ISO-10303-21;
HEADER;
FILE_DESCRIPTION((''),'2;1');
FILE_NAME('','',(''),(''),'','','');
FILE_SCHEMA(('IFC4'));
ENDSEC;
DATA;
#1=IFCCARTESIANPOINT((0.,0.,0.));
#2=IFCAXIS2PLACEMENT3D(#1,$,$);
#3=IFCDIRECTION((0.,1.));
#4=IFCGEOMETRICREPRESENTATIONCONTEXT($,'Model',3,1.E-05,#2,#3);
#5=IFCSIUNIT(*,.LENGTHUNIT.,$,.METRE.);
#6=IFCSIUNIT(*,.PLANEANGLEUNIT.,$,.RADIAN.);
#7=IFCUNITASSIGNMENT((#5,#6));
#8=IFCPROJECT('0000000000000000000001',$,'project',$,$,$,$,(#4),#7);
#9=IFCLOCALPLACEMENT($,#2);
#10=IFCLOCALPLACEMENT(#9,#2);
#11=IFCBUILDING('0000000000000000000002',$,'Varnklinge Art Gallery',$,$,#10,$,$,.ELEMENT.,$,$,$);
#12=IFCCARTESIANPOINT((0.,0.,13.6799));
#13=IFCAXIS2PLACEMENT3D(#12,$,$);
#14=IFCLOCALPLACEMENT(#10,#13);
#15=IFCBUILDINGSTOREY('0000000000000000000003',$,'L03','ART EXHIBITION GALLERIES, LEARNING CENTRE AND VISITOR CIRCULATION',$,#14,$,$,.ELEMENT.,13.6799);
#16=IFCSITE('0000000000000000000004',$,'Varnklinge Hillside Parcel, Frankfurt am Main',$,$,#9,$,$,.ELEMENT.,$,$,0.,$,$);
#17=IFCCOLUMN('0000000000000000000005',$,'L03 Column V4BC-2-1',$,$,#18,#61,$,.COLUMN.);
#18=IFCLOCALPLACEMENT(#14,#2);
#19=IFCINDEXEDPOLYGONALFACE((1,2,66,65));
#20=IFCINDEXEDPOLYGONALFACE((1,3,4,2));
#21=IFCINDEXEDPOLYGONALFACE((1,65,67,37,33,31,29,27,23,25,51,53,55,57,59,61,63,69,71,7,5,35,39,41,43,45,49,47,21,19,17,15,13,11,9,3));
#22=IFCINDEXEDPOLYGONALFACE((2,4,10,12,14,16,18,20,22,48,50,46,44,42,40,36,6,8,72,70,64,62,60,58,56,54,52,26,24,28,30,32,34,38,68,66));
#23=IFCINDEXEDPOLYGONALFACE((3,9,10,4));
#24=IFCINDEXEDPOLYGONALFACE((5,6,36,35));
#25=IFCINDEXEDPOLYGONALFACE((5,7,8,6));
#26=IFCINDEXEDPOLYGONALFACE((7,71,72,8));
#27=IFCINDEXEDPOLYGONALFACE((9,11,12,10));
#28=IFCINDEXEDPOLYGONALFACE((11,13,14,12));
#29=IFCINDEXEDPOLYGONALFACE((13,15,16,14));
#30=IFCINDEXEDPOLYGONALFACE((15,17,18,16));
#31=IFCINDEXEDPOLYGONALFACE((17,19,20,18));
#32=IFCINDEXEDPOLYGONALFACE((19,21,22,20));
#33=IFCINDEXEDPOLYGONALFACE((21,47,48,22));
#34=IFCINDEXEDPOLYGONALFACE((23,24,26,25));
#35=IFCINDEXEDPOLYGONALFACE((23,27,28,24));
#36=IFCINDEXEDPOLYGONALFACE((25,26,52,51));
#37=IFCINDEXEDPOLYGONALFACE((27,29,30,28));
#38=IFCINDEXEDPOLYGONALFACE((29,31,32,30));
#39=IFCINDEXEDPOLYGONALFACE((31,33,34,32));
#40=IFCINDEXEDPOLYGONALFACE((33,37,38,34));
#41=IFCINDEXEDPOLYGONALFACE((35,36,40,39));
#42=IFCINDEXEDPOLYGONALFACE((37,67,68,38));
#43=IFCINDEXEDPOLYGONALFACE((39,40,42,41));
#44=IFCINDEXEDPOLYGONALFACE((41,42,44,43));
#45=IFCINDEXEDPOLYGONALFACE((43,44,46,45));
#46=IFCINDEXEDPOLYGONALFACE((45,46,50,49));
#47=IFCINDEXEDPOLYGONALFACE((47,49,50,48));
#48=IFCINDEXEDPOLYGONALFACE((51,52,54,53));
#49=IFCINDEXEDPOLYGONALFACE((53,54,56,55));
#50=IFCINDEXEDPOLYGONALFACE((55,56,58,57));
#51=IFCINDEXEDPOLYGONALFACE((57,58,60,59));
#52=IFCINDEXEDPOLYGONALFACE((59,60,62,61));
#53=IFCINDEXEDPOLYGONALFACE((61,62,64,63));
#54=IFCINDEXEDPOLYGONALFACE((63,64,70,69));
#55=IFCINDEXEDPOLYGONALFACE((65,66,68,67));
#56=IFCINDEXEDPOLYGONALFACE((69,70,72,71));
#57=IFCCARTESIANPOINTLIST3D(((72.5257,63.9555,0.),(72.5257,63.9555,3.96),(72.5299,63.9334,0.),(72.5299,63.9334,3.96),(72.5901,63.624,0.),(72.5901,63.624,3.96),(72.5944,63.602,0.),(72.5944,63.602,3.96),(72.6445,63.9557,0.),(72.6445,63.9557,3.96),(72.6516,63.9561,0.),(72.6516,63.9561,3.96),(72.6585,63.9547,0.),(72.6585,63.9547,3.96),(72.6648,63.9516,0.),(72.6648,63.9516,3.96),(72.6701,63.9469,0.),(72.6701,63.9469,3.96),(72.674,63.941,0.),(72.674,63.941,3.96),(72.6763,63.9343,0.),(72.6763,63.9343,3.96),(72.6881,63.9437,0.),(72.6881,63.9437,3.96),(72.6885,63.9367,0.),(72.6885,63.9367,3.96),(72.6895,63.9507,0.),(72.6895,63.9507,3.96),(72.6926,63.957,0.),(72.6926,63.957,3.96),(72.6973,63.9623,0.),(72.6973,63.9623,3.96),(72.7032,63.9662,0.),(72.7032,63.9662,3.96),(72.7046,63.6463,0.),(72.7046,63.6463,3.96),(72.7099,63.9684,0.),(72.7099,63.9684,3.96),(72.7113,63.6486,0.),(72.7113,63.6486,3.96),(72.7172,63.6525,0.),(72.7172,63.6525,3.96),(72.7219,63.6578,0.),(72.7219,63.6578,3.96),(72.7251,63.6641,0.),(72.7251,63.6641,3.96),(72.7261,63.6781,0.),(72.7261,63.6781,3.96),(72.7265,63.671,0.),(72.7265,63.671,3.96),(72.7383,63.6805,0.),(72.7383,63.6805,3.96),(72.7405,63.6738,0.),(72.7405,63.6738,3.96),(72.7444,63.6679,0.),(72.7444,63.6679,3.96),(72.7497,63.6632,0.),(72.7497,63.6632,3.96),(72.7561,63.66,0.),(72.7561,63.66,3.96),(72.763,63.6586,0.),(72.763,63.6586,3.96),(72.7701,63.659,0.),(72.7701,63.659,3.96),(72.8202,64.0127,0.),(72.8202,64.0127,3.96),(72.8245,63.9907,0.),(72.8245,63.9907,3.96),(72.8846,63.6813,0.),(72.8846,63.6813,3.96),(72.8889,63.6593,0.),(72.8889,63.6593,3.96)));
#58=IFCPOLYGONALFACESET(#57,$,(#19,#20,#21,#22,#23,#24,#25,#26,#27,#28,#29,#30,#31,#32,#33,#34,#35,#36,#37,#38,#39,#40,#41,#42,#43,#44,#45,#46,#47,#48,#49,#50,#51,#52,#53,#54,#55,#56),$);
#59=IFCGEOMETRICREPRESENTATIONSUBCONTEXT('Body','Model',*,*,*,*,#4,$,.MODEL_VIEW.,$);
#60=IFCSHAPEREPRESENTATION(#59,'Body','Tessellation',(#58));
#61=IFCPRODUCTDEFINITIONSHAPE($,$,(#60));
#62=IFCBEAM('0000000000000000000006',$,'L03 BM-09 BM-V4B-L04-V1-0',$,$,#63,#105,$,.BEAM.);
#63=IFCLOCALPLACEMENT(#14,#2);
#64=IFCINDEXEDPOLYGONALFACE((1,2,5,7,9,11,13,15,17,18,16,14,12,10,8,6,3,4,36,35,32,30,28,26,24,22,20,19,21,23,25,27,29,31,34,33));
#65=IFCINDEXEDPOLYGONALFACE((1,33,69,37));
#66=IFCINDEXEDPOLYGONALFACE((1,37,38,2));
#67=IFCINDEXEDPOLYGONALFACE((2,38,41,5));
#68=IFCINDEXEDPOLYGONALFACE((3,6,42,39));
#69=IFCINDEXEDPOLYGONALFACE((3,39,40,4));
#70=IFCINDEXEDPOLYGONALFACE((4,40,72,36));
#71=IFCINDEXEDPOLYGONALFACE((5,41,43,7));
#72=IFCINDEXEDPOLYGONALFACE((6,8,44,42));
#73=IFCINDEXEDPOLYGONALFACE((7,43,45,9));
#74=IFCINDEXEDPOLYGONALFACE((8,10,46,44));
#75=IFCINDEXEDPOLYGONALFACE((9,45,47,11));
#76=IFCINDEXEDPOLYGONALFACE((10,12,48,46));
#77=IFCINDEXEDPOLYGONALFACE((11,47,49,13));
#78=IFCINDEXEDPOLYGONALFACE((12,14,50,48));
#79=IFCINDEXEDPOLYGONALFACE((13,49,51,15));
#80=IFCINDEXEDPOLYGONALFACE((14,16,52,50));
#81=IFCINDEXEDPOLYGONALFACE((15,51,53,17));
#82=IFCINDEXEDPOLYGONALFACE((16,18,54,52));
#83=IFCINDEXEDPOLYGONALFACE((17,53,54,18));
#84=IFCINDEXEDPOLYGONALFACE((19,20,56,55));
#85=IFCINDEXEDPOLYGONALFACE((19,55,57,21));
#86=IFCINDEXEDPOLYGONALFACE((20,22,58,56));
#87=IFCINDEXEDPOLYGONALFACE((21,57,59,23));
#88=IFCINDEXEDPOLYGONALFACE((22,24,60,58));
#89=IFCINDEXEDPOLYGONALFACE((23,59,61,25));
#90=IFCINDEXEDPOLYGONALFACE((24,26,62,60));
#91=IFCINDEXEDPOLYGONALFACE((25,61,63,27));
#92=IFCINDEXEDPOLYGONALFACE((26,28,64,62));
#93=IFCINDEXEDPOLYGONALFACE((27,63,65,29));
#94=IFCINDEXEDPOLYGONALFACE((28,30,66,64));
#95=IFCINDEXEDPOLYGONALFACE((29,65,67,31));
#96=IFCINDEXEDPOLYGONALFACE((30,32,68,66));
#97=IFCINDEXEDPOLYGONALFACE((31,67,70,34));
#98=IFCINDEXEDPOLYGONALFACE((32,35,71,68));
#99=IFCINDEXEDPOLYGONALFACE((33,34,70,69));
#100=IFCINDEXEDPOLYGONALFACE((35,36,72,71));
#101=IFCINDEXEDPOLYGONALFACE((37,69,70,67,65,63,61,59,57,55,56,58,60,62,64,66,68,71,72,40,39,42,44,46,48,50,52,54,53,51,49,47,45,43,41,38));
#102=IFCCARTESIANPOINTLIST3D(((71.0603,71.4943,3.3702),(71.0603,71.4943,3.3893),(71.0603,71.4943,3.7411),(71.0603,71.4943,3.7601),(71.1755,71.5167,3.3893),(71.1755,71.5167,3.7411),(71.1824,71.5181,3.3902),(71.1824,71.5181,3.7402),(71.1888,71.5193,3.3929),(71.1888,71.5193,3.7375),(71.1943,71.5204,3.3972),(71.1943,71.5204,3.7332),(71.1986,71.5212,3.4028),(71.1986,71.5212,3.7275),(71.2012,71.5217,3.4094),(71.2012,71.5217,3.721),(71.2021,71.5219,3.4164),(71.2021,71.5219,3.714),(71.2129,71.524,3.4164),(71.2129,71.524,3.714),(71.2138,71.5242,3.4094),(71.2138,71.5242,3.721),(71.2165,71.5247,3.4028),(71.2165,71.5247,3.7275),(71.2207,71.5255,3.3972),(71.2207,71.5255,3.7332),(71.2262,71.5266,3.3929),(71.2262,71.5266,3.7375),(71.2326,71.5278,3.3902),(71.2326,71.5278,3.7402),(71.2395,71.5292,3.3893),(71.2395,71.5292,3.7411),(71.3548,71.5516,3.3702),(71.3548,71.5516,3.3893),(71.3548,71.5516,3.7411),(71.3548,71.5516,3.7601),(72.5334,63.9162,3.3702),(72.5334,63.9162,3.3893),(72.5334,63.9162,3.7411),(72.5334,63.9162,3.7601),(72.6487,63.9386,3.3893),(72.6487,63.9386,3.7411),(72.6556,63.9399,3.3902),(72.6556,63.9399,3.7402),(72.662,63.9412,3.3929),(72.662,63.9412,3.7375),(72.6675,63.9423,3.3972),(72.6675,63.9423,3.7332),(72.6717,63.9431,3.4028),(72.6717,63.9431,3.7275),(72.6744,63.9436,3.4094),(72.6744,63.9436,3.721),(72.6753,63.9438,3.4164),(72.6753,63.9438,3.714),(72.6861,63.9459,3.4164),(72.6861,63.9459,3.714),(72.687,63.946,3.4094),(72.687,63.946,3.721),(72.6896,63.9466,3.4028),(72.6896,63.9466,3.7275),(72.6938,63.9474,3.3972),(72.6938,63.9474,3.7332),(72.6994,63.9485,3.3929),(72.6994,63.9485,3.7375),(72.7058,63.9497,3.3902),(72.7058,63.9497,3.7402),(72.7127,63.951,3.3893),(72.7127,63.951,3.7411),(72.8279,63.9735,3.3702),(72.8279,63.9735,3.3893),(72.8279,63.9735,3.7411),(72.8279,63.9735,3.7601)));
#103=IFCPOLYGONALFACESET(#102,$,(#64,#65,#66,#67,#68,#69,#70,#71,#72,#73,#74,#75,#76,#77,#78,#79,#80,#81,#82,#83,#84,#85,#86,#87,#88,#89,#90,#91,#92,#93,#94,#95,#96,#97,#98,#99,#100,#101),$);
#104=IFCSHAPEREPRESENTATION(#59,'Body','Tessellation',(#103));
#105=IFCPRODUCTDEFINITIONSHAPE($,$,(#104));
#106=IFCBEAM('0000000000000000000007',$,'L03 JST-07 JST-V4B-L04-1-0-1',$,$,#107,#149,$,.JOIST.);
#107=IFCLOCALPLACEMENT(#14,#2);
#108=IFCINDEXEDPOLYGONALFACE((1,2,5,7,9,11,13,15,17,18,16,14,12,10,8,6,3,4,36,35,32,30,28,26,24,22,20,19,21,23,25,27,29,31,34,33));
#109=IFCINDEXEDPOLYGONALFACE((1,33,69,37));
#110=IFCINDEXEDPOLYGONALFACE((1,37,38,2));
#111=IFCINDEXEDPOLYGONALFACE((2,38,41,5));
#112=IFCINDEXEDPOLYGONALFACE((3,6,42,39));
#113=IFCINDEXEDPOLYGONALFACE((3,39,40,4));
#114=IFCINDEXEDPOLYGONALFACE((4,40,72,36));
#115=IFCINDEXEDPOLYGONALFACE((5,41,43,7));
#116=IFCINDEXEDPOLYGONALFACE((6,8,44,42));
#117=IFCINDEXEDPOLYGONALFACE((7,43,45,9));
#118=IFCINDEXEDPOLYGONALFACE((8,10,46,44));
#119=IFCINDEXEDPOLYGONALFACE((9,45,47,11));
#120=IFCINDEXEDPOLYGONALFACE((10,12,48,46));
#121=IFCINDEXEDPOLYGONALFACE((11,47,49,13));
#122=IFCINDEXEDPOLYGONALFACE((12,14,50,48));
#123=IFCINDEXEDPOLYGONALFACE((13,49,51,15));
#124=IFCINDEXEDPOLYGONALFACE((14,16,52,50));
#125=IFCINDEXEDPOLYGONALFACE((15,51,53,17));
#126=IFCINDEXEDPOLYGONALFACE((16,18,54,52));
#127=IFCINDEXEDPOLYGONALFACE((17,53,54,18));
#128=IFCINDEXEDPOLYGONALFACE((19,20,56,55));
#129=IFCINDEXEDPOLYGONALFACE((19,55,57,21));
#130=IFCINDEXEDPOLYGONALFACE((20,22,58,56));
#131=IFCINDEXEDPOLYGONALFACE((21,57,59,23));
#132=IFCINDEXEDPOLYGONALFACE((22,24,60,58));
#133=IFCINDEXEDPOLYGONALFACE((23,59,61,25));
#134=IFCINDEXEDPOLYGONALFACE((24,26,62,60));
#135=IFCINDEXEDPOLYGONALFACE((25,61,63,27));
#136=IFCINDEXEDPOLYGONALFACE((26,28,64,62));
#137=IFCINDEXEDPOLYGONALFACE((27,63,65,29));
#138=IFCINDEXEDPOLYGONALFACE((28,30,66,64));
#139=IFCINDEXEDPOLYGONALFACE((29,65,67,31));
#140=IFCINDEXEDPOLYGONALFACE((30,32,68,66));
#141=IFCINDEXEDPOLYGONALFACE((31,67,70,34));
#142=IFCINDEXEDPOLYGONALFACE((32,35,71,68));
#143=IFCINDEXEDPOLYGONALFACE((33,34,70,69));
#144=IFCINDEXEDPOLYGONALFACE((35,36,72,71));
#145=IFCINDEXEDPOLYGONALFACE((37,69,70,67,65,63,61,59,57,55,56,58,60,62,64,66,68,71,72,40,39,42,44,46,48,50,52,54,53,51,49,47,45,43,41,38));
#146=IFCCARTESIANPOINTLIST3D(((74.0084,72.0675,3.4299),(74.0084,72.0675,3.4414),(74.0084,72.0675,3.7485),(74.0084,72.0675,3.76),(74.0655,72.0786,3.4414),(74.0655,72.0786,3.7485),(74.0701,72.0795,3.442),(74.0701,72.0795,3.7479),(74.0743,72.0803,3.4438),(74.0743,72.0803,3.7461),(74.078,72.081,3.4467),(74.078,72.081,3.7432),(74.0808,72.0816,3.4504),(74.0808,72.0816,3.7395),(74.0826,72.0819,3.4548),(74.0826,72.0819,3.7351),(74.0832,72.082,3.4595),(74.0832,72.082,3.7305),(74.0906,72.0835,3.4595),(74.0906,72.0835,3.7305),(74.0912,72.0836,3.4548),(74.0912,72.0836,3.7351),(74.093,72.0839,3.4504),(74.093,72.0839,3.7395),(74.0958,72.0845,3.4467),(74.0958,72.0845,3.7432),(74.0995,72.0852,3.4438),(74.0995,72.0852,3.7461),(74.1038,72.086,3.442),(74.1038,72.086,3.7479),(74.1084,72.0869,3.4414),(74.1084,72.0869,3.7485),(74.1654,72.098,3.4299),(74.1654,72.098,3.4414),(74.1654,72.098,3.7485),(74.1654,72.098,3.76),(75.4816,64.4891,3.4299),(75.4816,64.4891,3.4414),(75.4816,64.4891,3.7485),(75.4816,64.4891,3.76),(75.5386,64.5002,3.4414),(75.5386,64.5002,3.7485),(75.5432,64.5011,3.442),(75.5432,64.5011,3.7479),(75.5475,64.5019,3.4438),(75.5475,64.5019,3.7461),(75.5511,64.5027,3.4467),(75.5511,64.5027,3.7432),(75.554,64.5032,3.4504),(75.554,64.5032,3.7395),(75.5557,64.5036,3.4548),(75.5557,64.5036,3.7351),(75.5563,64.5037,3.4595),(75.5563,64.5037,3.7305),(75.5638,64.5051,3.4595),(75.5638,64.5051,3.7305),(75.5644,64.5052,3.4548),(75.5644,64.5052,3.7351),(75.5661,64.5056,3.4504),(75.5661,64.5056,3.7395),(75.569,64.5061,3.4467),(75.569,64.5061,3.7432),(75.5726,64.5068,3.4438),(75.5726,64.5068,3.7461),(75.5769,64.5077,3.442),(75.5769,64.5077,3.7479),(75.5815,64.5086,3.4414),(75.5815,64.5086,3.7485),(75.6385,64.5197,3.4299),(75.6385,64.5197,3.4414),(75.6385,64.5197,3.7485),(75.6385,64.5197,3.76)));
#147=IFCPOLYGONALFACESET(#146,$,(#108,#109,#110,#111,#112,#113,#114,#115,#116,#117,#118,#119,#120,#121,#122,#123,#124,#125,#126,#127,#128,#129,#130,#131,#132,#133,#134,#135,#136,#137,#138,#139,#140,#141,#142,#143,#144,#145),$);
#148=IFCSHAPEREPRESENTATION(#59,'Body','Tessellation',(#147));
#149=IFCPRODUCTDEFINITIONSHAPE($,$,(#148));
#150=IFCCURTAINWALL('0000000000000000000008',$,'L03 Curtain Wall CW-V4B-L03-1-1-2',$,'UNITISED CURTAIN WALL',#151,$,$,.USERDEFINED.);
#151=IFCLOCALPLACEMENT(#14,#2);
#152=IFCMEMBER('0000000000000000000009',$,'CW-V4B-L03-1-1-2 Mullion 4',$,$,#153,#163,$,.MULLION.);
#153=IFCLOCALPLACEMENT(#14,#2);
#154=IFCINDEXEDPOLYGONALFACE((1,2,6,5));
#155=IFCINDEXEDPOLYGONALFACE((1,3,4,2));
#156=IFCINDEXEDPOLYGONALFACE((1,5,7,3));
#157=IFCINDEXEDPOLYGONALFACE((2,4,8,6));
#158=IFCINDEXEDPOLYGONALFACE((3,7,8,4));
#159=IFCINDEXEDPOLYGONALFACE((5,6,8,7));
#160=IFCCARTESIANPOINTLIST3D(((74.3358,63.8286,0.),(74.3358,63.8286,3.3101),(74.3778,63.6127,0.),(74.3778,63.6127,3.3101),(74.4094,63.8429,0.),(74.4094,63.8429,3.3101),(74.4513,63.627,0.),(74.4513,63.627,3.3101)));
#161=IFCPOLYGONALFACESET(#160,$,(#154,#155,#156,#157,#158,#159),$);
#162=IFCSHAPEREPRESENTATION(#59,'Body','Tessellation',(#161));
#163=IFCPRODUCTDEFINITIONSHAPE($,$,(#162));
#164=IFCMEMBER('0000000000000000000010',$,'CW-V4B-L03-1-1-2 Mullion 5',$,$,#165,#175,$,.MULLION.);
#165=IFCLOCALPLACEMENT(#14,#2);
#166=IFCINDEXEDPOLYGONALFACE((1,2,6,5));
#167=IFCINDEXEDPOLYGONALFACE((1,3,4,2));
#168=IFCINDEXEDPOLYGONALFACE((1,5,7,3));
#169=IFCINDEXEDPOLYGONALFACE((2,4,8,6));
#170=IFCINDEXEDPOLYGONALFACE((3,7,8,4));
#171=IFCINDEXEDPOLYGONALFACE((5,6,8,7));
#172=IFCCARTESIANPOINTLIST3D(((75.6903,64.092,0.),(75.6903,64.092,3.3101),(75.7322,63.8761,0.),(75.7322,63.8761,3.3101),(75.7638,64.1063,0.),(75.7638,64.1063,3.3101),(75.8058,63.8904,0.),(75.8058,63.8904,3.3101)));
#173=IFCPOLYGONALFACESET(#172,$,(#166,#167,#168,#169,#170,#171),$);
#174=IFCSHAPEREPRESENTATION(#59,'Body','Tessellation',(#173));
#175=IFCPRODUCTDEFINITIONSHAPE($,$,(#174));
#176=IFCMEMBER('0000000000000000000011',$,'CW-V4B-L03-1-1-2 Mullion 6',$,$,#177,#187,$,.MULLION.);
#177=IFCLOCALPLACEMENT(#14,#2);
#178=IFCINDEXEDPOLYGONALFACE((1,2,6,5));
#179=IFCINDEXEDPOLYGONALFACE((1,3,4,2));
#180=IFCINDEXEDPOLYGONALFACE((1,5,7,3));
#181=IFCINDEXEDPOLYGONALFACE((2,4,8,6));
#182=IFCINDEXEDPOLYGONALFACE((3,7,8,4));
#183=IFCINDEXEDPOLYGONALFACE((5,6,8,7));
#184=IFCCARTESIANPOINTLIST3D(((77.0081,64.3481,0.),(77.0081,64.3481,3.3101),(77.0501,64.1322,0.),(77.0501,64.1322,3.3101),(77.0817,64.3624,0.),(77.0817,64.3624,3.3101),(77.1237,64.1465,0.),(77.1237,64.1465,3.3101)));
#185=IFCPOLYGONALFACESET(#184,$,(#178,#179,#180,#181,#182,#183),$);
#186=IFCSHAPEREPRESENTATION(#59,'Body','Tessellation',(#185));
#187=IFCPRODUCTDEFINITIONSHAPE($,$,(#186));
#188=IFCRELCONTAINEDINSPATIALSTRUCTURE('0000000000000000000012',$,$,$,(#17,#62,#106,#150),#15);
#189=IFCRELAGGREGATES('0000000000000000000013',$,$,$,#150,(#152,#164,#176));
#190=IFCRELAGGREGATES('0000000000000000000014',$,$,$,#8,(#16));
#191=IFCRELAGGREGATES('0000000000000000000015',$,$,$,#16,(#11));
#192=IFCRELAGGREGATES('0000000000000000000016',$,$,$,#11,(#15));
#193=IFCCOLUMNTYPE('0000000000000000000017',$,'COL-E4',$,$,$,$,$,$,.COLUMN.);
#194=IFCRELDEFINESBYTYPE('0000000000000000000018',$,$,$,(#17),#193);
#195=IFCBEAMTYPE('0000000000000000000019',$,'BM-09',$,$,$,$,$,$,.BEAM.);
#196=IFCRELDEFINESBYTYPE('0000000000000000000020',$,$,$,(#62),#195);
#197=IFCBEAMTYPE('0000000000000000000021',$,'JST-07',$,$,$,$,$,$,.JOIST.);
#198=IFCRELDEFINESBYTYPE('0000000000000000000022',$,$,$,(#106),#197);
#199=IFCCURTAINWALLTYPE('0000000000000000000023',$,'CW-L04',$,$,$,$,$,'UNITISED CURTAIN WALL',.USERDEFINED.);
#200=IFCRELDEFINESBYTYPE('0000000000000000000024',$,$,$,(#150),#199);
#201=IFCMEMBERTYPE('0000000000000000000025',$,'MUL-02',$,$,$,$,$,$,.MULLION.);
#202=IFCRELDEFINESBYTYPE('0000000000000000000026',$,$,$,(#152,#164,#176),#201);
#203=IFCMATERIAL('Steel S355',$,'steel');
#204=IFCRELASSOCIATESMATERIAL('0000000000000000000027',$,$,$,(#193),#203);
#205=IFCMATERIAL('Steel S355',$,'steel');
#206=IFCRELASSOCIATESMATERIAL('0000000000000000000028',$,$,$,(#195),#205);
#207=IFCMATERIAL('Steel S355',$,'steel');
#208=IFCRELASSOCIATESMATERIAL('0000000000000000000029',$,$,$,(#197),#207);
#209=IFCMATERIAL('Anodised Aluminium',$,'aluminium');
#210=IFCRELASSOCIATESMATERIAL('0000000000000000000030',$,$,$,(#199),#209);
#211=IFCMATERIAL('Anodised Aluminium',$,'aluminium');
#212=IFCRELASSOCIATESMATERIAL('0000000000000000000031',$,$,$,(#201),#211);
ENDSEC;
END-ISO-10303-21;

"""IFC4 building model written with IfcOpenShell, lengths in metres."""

from ifc_helpers import new_model, si_unit, direction, frame, origin, origin_2d, place, context, subcontext, project, spatial, rectangle, i_section, extrude, material, material_profile, profile_set, type_object, element, aggregate, save


model = new_model("IFC4")

# Units and contexts
model_context = context("Model", 3, precision=1e-05, world=origin(), true_north=direction((0.0, 1.0)))
body_context = subcontext(model_context, "Body", "Model", "MODEL_VIEW")
ifc_project = project(units=[si_unit("LENGTHUNIT", "METRE"), si_unit("PLANEANGLEUNIT", "RADIAN")], contexts=[model_context])

# Site, building, storey
site_placement = place(None, origin())
site = spatial("IfcSite", under=ifc_project, at=site_placement, Name="Varnklinge Hillside Parcel, Frankfurt am Main", CompositionType="ELEMENT", RefElevation=0.0)
building_placement = place(site_placement, origin())
building = spatial("IfcBuilding", under=site, at=building_placement, Name="Varnklinge Art Gallery", CompositionType="ELEMENT")
storey_placement = place(building_placement, frame((0.0, 0.0, 13.6799)))
storey = spatial("IfcBuildingStorey", under=building, at=storey_placement, Name="L03", Description="ART EXHIBITION GALLERIES, LEARNING CENTRE AND VISITOR CIRCULATION", CompositionType="ELEMENT", Elevation=13.6799)

# Column
ifc_material_1 = material(Name="Steel S355", Category="steel")
ifc_material_profile_1 = material_profile(ifc_material_1, i_section(OverallWidth=0.3, OverallDepth=0.3601, WebThickness=0.0125, FlangeThickness=0.0225, FilletRadius=0.0271, at=origin_2d()), Name="HEB 360")
ifc_profile_set_1 = profile_set([ifc_material_profile_1], Name="Steel S355")
column_type = type_object("IfcColumnType", Name="COL-E4", PredefinedType="COLUMN", material=ifc_profile_set_1)
column_placement = place(storey_placement, frame((72.7073, 63.8074, 0.0), z_axis=(0.0, 0.0, 1.0), x_axis=(0.981627, 0.190809, 0.0)))
element("IfcColumn", 1, at=column_placement, inside=storey, type_object=column_type, Name="L03 Column V4BC-2-1", PredefinedType="COLUMN", context=body_context, shape_type="SweptSolid", body=[
    extrude(i_section(OverallWidth=0.3, OverallDepth=0.3601, WebThickness=0.0125, FlangeThickness=0.0225, FilletRadius=0.0271, at=origin_2d()), origin(), (0.0, 0.0, 1.0), 3.96),
])

# Beams
ifc_material_2 = material(Name="Steel S355", Category="steel")
ifc_material_profile_2 = material_profile(ifc_material_2, i_section(OverallWidth=0.3, OverallDepth=0.3899, WebThickness=0.011, FlangeThickness=0.019, FilletRadius=0.0271, at=origin_2d()), Name="HEA 400")
ifc_profile_set_2 = profile_set([ifc_material_profile_2], Name="Steel S355")
beam_type_1 = type_object("IfcBeamType", Name="BM-09", PredefinedType="BEAM", material=ifc_profile_set_2)
beam_1_placement = place(storey_placement, frame((72.6807, 63.9448, 3.5652), z_axis=(-0.190822, 0.981625, 0.0), x_axis=(-0.981625, -0.190822, 0.0)))
element("IfcBeam", 2, at=beam_1_placement, inside=storey, type_object=beam_type_1, Name="L03 BM-09 BM-V4B-L04-V1-0", PredefinedType="BEAM", context=body_context, shape_type="SweptSolid", body=[
    extrude(i_section(OverallWidth=0.3, OverallDepth=0.3899, WebThickness=0.011, FlangeThickness=0.019, FilletRadius=0.0271, at=origin_2d()), origin(), (0.0, 0.0, 1.0), 7.72),
])
ifc_material_3 = material(Name="Steel S355", Category="steel")
ifc_material_profile_3 = material_profile(ifc_material_3, i_section(OverallWidth=0.1599, OverallDepth=0.3301, WebThickness=0.0076, FlangeThickness=0.0115, FilletRadius=0.0181, at=origin_2d()), Name="IPE 330")
ifc_profile_set_3 = profile_set([ifc_material_profile_3], Name="Steel S355")
beam_type_2 = type_object("IfcBeamType", Name="JST-07", PredefinedType="JOIST", material=ifc_profile_set_3)
beam_2_placement = place(storey_placement, frame((75.5601, 64.5044, 3.595), z_axis=(-0.190816, 0.981626, 0.0), x_axis=(-0.981626, -0.190816, 0.0)))
element("IfcBeam", 3, at=beam_2_placement, inside=storey, type_object=beam_type_2, Name="L03 JST-07 JST-V4B-L04-1-0-1", PredefinedType="JOIST", context=body_context, shape_type="SweptSolid", body=[
    extrude(i_section(OverallWidth=0.1599, OverallDepth=0.3301, WebThickness=0.0076, FlangeThickness=0.0115, FilletRadius=0.0181, at=origin_2d()), origin(), (0.0, 0.0, 1.0), 7.7202),
])

# Curtain wall, members
ifc_material_4 = material(Name="Anodised Aluminium", Category="aluminium")
curtain_wall_type = type_object("IfcCurtainWallType", Name="CW-L04", ElementType="UNITISED CURTAIN WALL", PredefinedType="USERDEFINED", material=ifc_material_4)
curtain_wall_1_placement = place(storey_placement, origin())
curtain_wall_1 = element("IfcCurtainWall", 4, at=curtain_wall_1_placement, inside=storey, type_object=curtain_wall_type, Name="L03 Curtain Wall CW-V4B-L03-1-1-2", ObjectType="UNITISED CURTAIN WALL", PredefinedType="USERDEFINED")
ifc_material_5 = material(Name="Anodised Aluminium", Category="aluminium")
ifc_material_profile_4 = material_profile(ifc_material_5, rectangle(XDim=0.075, YDim=0.22, at=origin_2d()), Name="ALU 75x220")
ifc_profile_set_4 = profile_set([ifc_material_profile_4], Name="Anodised Aluminium")
member_type_1 = type_object("IfcMemberType", Name="MUL-02", PredefinedType="MULLION", material=ifc_profile_set_4)
member_1_placement = place(storey_placement, frame((74.3936, 63.7278, 0.0), z_axis=(0.0, 0.0, 1.0), x_axis=(0.981627, 0.190809, 0.0)))
member_1 = element("IfcMember", 5, at=member_1_placement, type_object=member_type_1, Name="CW-V4B-L03-1-1-2 Mullion 4", PredefinedType="MULLION", context=body_context, shape_type="SweptSolid", body=[
    extrude(rectangle(XDim=0.075, YDim=0.22, at=origin_2d()), origin(), (0.0, 0.0, 1.0), 3.3101),
])
member_2_placement = place(storey_placement, frame((75.748, 63.9912, 0.0), z_axis=(0.0, 0.0, 1.0), x_axis=(0.981627, 0.190809, 0.0)))
member_2 = element("IfcMember", 6, at=member_2_placement, type_object=member_type_1, Name="CW-V4B-L03-1-1-2 Mullion 5", PredefinedType="MULLION", context=body_context, shape_type="SweptSolid", body=[
    extrude(rectangle(XDim=0.075, YDim=0.22, at=origin_2d()), origin(), (0.0, 0.0, 1.0), 3.3101),
])
member_3_placement = place(storey_placement, frame((77.0659, 64.2473, 0.0), z_axis=(0.0, 0.0, 1.0), x_axis=(0.981627, 0.190809, 0.0)))
member_3 = element("IfcMember", 7, at=member_3_placement, type_object=member_type_1, Name="CW-V4B-L03-1-1-2 Mullion 6", PredefinedType="MULLION", context=body_context, shape_type="SweptSolid", body=[
    extrude(rectangle(XDim=0.075, YDim=0.22, at=origin_2d()), origin(), (0.0, 0.0, 1.0), 3.3101),
])

aggregate(curtain_wall_1, [member_1, member_2, member_3])

save(model, "model.ifc")
